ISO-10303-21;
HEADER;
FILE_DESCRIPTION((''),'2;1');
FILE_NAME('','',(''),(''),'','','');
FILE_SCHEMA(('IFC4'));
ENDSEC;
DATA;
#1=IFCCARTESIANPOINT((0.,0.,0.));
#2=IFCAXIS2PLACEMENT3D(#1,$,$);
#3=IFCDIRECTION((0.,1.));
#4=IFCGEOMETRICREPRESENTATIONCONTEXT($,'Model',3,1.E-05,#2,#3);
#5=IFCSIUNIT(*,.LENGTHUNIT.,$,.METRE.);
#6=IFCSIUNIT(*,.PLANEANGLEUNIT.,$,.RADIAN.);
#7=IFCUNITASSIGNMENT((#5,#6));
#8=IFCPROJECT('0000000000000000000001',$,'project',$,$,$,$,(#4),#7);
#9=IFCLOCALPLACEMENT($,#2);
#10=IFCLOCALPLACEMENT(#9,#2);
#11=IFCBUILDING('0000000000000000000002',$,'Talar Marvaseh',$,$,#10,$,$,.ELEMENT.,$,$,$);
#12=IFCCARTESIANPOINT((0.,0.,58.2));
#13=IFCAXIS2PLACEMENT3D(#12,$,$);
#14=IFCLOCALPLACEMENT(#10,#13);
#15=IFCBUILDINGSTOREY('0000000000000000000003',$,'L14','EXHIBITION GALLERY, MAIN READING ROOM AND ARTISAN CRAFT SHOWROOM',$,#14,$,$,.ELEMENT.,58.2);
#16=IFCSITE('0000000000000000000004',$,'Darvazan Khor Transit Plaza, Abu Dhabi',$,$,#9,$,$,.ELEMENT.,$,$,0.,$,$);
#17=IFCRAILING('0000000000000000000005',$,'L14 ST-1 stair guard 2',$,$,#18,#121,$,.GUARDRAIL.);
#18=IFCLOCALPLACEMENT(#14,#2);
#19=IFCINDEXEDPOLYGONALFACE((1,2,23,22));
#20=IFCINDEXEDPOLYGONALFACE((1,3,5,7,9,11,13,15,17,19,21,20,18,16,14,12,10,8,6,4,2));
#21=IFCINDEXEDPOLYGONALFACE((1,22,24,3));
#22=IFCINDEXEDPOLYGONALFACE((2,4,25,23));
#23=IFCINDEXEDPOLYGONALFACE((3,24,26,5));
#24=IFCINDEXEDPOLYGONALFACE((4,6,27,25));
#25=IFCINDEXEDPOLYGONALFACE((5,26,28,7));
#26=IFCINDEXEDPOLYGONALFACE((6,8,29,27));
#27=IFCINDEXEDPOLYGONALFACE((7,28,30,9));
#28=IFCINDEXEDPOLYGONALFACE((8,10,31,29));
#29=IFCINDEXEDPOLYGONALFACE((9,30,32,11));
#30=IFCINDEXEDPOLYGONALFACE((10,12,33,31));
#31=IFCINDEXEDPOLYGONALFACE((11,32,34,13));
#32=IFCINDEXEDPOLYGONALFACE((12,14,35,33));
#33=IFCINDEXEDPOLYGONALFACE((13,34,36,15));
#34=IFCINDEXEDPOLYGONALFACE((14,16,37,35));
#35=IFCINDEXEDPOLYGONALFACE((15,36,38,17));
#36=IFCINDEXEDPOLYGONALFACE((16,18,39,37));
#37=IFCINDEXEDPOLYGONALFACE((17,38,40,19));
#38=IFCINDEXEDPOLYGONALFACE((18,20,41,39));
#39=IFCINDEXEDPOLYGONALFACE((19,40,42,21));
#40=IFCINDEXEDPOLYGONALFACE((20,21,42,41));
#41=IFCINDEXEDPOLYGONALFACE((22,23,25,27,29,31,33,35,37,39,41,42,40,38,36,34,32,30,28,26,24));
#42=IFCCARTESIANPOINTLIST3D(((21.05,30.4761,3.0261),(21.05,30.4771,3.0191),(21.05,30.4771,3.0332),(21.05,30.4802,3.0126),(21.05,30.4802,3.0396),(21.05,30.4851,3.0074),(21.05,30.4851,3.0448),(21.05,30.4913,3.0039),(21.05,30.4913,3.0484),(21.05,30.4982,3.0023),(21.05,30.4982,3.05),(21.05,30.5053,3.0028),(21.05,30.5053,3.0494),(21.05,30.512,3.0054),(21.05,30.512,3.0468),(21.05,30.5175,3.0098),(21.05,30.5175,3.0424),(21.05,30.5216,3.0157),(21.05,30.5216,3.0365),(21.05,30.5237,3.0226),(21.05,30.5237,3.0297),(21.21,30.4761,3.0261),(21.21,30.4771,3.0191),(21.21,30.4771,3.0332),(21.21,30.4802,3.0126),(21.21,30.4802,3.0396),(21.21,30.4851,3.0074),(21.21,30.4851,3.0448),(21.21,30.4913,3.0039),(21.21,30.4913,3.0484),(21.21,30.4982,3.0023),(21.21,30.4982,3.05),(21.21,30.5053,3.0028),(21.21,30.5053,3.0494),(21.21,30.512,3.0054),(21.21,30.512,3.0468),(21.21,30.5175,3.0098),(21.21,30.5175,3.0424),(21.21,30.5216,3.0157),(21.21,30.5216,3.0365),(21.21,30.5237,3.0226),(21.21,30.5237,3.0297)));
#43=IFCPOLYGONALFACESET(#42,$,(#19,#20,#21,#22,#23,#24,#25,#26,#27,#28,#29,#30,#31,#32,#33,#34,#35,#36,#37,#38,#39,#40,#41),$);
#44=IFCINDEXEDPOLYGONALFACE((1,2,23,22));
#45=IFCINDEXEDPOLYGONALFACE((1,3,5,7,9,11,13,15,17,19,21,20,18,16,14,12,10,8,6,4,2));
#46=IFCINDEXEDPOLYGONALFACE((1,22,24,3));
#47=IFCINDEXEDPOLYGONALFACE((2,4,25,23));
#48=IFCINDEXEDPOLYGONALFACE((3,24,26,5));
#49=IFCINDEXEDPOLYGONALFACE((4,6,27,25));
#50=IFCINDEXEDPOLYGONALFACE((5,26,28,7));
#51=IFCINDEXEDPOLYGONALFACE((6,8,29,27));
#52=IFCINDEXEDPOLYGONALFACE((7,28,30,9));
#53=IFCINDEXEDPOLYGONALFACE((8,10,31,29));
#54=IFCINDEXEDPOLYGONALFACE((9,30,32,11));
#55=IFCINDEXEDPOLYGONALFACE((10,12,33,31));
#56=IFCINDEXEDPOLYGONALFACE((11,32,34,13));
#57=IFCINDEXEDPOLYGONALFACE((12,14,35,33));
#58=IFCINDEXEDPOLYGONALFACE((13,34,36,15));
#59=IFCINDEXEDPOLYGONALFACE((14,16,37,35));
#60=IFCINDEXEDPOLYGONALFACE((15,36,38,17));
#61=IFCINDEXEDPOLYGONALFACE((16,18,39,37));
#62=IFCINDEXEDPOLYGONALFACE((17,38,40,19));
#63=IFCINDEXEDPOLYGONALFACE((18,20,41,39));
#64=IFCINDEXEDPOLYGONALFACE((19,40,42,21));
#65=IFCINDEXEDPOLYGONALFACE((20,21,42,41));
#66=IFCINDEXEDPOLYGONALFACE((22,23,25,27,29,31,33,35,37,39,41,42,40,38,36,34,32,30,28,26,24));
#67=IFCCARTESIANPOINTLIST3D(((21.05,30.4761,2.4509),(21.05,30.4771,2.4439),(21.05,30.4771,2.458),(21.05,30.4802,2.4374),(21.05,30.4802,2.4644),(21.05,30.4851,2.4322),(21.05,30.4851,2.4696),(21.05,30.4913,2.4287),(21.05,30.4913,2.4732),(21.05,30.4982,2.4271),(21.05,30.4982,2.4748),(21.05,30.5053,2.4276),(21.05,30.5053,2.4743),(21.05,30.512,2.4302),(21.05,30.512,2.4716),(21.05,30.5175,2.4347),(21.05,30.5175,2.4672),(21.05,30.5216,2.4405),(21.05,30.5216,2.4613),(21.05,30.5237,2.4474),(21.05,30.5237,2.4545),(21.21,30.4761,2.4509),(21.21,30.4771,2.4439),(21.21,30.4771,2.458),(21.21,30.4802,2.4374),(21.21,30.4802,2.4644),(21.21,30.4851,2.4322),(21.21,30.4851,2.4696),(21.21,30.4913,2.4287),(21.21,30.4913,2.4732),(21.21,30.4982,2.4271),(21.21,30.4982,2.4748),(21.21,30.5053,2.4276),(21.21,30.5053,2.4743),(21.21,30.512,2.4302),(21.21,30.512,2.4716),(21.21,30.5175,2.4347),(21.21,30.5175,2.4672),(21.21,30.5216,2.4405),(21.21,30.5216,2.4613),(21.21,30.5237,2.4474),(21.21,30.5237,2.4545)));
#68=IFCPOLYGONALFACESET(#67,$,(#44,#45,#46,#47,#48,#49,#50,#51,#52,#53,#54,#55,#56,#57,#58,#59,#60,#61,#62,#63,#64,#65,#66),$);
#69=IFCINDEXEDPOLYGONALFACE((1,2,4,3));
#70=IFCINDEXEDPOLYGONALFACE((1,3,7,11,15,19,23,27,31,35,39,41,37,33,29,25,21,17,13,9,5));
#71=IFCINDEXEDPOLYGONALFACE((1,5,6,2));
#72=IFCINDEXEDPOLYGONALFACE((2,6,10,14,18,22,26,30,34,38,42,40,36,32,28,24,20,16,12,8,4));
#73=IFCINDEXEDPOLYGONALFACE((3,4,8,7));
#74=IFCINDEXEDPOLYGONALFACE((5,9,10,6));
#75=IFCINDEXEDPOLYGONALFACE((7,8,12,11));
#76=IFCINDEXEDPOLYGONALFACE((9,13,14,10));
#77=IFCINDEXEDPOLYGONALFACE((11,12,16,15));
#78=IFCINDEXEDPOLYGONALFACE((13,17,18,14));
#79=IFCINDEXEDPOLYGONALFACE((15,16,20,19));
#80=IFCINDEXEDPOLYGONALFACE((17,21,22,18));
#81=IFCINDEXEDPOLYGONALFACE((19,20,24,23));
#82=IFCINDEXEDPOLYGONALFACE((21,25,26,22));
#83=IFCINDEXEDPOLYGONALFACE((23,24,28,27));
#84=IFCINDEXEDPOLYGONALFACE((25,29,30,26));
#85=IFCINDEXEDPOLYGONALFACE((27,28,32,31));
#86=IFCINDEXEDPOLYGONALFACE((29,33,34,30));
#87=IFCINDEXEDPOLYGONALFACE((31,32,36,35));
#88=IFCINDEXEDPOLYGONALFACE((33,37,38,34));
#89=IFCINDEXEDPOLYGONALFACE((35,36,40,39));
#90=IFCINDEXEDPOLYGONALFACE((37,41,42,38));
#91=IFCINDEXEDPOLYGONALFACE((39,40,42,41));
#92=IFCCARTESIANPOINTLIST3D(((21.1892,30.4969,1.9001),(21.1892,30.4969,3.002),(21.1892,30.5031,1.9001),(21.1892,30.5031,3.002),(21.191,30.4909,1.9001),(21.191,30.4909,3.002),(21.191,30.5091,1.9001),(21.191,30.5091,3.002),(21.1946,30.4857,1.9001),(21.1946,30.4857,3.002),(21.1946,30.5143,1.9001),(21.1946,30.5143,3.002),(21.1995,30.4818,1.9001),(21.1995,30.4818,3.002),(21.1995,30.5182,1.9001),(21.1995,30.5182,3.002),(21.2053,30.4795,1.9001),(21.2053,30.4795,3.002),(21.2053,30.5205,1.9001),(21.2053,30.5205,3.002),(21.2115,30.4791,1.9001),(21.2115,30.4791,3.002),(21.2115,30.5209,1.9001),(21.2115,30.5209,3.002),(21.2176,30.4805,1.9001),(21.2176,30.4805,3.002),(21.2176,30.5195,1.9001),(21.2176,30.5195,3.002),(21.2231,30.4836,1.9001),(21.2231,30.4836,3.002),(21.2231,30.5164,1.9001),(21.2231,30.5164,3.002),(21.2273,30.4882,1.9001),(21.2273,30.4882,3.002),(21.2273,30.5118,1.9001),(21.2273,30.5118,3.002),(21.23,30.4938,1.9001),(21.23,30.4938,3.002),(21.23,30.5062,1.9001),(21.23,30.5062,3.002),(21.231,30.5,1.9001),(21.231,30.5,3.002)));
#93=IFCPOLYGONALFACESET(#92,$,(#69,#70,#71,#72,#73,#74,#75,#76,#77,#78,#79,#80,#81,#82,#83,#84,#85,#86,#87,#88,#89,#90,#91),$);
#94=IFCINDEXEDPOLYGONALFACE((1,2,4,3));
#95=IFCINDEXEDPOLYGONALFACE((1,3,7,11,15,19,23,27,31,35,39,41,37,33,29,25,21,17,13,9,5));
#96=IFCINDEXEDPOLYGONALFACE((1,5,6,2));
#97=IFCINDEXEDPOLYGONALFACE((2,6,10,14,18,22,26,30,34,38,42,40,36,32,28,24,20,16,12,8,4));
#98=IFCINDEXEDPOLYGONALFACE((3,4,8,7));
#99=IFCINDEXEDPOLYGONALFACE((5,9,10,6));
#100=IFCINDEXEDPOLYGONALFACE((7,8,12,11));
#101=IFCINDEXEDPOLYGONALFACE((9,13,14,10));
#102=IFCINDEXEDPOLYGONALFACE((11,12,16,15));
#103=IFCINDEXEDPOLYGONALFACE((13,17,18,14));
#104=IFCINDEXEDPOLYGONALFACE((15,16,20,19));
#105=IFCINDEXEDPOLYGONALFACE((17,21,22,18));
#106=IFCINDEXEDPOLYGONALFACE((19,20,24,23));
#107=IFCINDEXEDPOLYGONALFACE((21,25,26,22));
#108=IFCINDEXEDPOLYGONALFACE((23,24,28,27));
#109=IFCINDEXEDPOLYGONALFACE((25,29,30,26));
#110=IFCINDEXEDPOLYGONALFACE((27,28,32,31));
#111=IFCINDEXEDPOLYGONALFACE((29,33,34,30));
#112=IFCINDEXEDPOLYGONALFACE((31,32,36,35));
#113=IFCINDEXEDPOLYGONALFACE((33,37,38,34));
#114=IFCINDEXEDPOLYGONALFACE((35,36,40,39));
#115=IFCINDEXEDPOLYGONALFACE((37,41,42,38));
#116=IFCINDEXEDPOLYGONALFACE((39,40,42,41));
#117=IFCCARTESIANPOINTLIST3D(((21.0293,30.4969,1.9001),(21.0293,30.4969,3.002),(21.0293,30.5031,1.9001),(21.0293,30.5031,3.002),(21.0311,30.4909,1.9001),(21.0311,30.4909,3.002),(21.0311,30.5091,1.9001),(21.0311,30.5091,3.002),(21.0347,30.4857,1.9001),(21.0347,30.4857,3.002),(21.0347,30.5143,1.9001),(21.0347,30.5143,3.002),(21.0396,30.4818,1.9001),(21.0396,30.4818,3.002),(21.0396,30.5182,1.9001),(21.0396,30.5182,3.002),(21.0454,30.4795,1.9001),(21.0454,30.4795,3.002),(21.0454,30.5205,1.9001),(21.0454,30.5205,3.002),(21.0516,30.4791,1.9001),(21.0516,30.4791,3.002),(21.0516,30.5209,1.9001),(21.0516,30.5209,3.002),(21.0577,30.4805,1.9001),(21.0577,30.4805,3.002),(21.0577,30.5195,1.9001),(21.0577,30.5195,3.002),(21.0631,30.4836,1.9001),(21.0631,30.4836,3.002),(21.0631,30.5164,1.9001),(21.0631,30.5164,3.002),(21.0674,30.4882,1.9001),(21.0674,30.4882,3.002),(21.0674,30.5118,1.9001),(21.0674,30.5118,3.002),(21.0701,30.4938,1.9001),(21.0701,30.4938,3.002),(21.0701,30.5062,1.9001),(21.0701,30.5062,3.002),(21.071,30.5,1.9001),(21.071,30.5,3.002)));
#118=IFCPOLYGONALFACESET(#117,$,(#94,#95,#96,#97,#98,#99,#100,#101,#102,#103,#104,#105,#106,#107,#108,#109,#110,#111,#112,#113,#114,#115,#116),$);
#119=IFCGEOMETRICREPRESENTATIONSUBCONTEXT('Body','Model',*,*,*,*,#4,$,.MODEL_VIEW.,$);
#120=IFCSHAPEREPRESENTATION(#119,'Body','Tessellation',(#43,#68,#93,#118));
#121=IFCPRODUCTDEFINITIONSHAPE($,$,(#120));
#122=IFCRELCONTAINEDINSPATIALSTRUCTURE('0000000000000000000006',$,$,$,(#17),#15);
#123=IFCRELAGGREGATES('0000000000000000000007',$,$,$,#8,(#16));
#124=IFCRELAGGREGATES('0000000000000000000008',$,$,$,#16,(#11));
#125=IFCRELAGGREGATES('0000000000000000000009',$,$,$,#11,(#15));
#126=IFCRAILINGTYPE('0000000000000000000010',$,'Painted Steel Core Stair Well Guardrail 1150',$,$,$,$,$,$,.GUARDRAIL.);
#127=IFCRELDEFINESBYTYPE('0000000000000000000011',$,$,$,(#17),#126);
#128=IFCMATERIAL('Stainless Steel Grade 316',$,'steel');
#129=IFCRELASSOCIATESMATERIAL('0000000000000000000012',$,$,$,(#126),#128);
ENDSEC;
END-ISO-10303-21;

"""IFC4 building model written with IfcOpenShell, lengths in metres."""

from ifc_helpers import new_model, si_unit, direction, frame, origin, origin_2d, place, context, subcontext, project, spatial, circle, extrude, material, type_object, element, save


model = new_model("IFC4")

# Units and contexts
model_context = context("Model", 3, precision=1e-05, world=origin(), true_north=direction((0.0, 1.0)))
body_context = subcontext(model_context, "Body", "Model", "MODEL_VIEW")
ifc_project = project(units=[si_unit("LENGTHUNIT", "METRE"), si_unit("PLANEANGLEUNIT", "RADIAN")], contexts=[model_context])

# Site, building, storey
site_placement = place(None, origin())
site = spatial("IfcSite", under=ifc_project, at=site_placement, Name="Darvazan Khor Transit Plaza, Abu Dhabi", CompositionType="ELEMENT", RefElevation=0.0)
building_placement = place(site_placement, origin())
building = spatial("IfcBuilding", under=site, at=building_placement, Name="Talar Marvaseh", CompositionType="ELEMENT")
storey_placement = place(building_placement, frame((0.0, 0.0, 58.2)))
storey = spatial("IfcBuildingStorey", under=building, at=storey_placement, Name="L14", Description="EXHIBITION GALLERY, MAIN READING ROOM AND ARTISAN CRAFT SHOWROOM", CompositionType="ELEMENT", Elevation=58.2)

# Railing
ifc_material_1 = material(Name="Stainless Steel Grade 316", Category="steel")
railing_type_1 = type_object("IfcRailingType", Name="Painted Steel Core Stair Well Guardrail 1150", PredefinedType="GUARDRAIL", material=ifc_material_1)
railing_1_placement = place(storey_placement, frame((21.21, 30.5, 1.9001)))
element("IfcRailing", 1, at=railing_1_placement, inside=storey, type_object=railing_type_1, Name="L14 ST-1 stair guard 2", PredefinedType="GUARDRAIL", context=body_context, shape_type="SweptSolid", body=[
    extrude(circle(Radius=0.0239, at=origin_2d()), frame((0.0, 0.0, 1.126), z_axis=(-1.0, 0.0, 0.0), x_axis=(0.0, -1.0, 0.0)), (0.0, 0.0, 1.0), 0.1599),
    extrude(circle(Radius=0.0239, at=origin_2d()), frame((0.0, 0.0, 0.5508), z_axis=(-1.0, 0.0, 0.0), x_axis=(0.0, -1.0, 0.0)), (0.0, 0.0, 1.0), 0.1599),
    extrude(circle(Radius=0.021, at=origin_2d()), origin(), (0.0, 0.0, 1.0), 1.1018),
    extrude(circle(Radius=0.021, at=origin_2d()), frame((-0.1599, 0.0, 0.0)), (0.0, 0.0, 1.0), 1.1018),
])

save(model, "model.ifc")
